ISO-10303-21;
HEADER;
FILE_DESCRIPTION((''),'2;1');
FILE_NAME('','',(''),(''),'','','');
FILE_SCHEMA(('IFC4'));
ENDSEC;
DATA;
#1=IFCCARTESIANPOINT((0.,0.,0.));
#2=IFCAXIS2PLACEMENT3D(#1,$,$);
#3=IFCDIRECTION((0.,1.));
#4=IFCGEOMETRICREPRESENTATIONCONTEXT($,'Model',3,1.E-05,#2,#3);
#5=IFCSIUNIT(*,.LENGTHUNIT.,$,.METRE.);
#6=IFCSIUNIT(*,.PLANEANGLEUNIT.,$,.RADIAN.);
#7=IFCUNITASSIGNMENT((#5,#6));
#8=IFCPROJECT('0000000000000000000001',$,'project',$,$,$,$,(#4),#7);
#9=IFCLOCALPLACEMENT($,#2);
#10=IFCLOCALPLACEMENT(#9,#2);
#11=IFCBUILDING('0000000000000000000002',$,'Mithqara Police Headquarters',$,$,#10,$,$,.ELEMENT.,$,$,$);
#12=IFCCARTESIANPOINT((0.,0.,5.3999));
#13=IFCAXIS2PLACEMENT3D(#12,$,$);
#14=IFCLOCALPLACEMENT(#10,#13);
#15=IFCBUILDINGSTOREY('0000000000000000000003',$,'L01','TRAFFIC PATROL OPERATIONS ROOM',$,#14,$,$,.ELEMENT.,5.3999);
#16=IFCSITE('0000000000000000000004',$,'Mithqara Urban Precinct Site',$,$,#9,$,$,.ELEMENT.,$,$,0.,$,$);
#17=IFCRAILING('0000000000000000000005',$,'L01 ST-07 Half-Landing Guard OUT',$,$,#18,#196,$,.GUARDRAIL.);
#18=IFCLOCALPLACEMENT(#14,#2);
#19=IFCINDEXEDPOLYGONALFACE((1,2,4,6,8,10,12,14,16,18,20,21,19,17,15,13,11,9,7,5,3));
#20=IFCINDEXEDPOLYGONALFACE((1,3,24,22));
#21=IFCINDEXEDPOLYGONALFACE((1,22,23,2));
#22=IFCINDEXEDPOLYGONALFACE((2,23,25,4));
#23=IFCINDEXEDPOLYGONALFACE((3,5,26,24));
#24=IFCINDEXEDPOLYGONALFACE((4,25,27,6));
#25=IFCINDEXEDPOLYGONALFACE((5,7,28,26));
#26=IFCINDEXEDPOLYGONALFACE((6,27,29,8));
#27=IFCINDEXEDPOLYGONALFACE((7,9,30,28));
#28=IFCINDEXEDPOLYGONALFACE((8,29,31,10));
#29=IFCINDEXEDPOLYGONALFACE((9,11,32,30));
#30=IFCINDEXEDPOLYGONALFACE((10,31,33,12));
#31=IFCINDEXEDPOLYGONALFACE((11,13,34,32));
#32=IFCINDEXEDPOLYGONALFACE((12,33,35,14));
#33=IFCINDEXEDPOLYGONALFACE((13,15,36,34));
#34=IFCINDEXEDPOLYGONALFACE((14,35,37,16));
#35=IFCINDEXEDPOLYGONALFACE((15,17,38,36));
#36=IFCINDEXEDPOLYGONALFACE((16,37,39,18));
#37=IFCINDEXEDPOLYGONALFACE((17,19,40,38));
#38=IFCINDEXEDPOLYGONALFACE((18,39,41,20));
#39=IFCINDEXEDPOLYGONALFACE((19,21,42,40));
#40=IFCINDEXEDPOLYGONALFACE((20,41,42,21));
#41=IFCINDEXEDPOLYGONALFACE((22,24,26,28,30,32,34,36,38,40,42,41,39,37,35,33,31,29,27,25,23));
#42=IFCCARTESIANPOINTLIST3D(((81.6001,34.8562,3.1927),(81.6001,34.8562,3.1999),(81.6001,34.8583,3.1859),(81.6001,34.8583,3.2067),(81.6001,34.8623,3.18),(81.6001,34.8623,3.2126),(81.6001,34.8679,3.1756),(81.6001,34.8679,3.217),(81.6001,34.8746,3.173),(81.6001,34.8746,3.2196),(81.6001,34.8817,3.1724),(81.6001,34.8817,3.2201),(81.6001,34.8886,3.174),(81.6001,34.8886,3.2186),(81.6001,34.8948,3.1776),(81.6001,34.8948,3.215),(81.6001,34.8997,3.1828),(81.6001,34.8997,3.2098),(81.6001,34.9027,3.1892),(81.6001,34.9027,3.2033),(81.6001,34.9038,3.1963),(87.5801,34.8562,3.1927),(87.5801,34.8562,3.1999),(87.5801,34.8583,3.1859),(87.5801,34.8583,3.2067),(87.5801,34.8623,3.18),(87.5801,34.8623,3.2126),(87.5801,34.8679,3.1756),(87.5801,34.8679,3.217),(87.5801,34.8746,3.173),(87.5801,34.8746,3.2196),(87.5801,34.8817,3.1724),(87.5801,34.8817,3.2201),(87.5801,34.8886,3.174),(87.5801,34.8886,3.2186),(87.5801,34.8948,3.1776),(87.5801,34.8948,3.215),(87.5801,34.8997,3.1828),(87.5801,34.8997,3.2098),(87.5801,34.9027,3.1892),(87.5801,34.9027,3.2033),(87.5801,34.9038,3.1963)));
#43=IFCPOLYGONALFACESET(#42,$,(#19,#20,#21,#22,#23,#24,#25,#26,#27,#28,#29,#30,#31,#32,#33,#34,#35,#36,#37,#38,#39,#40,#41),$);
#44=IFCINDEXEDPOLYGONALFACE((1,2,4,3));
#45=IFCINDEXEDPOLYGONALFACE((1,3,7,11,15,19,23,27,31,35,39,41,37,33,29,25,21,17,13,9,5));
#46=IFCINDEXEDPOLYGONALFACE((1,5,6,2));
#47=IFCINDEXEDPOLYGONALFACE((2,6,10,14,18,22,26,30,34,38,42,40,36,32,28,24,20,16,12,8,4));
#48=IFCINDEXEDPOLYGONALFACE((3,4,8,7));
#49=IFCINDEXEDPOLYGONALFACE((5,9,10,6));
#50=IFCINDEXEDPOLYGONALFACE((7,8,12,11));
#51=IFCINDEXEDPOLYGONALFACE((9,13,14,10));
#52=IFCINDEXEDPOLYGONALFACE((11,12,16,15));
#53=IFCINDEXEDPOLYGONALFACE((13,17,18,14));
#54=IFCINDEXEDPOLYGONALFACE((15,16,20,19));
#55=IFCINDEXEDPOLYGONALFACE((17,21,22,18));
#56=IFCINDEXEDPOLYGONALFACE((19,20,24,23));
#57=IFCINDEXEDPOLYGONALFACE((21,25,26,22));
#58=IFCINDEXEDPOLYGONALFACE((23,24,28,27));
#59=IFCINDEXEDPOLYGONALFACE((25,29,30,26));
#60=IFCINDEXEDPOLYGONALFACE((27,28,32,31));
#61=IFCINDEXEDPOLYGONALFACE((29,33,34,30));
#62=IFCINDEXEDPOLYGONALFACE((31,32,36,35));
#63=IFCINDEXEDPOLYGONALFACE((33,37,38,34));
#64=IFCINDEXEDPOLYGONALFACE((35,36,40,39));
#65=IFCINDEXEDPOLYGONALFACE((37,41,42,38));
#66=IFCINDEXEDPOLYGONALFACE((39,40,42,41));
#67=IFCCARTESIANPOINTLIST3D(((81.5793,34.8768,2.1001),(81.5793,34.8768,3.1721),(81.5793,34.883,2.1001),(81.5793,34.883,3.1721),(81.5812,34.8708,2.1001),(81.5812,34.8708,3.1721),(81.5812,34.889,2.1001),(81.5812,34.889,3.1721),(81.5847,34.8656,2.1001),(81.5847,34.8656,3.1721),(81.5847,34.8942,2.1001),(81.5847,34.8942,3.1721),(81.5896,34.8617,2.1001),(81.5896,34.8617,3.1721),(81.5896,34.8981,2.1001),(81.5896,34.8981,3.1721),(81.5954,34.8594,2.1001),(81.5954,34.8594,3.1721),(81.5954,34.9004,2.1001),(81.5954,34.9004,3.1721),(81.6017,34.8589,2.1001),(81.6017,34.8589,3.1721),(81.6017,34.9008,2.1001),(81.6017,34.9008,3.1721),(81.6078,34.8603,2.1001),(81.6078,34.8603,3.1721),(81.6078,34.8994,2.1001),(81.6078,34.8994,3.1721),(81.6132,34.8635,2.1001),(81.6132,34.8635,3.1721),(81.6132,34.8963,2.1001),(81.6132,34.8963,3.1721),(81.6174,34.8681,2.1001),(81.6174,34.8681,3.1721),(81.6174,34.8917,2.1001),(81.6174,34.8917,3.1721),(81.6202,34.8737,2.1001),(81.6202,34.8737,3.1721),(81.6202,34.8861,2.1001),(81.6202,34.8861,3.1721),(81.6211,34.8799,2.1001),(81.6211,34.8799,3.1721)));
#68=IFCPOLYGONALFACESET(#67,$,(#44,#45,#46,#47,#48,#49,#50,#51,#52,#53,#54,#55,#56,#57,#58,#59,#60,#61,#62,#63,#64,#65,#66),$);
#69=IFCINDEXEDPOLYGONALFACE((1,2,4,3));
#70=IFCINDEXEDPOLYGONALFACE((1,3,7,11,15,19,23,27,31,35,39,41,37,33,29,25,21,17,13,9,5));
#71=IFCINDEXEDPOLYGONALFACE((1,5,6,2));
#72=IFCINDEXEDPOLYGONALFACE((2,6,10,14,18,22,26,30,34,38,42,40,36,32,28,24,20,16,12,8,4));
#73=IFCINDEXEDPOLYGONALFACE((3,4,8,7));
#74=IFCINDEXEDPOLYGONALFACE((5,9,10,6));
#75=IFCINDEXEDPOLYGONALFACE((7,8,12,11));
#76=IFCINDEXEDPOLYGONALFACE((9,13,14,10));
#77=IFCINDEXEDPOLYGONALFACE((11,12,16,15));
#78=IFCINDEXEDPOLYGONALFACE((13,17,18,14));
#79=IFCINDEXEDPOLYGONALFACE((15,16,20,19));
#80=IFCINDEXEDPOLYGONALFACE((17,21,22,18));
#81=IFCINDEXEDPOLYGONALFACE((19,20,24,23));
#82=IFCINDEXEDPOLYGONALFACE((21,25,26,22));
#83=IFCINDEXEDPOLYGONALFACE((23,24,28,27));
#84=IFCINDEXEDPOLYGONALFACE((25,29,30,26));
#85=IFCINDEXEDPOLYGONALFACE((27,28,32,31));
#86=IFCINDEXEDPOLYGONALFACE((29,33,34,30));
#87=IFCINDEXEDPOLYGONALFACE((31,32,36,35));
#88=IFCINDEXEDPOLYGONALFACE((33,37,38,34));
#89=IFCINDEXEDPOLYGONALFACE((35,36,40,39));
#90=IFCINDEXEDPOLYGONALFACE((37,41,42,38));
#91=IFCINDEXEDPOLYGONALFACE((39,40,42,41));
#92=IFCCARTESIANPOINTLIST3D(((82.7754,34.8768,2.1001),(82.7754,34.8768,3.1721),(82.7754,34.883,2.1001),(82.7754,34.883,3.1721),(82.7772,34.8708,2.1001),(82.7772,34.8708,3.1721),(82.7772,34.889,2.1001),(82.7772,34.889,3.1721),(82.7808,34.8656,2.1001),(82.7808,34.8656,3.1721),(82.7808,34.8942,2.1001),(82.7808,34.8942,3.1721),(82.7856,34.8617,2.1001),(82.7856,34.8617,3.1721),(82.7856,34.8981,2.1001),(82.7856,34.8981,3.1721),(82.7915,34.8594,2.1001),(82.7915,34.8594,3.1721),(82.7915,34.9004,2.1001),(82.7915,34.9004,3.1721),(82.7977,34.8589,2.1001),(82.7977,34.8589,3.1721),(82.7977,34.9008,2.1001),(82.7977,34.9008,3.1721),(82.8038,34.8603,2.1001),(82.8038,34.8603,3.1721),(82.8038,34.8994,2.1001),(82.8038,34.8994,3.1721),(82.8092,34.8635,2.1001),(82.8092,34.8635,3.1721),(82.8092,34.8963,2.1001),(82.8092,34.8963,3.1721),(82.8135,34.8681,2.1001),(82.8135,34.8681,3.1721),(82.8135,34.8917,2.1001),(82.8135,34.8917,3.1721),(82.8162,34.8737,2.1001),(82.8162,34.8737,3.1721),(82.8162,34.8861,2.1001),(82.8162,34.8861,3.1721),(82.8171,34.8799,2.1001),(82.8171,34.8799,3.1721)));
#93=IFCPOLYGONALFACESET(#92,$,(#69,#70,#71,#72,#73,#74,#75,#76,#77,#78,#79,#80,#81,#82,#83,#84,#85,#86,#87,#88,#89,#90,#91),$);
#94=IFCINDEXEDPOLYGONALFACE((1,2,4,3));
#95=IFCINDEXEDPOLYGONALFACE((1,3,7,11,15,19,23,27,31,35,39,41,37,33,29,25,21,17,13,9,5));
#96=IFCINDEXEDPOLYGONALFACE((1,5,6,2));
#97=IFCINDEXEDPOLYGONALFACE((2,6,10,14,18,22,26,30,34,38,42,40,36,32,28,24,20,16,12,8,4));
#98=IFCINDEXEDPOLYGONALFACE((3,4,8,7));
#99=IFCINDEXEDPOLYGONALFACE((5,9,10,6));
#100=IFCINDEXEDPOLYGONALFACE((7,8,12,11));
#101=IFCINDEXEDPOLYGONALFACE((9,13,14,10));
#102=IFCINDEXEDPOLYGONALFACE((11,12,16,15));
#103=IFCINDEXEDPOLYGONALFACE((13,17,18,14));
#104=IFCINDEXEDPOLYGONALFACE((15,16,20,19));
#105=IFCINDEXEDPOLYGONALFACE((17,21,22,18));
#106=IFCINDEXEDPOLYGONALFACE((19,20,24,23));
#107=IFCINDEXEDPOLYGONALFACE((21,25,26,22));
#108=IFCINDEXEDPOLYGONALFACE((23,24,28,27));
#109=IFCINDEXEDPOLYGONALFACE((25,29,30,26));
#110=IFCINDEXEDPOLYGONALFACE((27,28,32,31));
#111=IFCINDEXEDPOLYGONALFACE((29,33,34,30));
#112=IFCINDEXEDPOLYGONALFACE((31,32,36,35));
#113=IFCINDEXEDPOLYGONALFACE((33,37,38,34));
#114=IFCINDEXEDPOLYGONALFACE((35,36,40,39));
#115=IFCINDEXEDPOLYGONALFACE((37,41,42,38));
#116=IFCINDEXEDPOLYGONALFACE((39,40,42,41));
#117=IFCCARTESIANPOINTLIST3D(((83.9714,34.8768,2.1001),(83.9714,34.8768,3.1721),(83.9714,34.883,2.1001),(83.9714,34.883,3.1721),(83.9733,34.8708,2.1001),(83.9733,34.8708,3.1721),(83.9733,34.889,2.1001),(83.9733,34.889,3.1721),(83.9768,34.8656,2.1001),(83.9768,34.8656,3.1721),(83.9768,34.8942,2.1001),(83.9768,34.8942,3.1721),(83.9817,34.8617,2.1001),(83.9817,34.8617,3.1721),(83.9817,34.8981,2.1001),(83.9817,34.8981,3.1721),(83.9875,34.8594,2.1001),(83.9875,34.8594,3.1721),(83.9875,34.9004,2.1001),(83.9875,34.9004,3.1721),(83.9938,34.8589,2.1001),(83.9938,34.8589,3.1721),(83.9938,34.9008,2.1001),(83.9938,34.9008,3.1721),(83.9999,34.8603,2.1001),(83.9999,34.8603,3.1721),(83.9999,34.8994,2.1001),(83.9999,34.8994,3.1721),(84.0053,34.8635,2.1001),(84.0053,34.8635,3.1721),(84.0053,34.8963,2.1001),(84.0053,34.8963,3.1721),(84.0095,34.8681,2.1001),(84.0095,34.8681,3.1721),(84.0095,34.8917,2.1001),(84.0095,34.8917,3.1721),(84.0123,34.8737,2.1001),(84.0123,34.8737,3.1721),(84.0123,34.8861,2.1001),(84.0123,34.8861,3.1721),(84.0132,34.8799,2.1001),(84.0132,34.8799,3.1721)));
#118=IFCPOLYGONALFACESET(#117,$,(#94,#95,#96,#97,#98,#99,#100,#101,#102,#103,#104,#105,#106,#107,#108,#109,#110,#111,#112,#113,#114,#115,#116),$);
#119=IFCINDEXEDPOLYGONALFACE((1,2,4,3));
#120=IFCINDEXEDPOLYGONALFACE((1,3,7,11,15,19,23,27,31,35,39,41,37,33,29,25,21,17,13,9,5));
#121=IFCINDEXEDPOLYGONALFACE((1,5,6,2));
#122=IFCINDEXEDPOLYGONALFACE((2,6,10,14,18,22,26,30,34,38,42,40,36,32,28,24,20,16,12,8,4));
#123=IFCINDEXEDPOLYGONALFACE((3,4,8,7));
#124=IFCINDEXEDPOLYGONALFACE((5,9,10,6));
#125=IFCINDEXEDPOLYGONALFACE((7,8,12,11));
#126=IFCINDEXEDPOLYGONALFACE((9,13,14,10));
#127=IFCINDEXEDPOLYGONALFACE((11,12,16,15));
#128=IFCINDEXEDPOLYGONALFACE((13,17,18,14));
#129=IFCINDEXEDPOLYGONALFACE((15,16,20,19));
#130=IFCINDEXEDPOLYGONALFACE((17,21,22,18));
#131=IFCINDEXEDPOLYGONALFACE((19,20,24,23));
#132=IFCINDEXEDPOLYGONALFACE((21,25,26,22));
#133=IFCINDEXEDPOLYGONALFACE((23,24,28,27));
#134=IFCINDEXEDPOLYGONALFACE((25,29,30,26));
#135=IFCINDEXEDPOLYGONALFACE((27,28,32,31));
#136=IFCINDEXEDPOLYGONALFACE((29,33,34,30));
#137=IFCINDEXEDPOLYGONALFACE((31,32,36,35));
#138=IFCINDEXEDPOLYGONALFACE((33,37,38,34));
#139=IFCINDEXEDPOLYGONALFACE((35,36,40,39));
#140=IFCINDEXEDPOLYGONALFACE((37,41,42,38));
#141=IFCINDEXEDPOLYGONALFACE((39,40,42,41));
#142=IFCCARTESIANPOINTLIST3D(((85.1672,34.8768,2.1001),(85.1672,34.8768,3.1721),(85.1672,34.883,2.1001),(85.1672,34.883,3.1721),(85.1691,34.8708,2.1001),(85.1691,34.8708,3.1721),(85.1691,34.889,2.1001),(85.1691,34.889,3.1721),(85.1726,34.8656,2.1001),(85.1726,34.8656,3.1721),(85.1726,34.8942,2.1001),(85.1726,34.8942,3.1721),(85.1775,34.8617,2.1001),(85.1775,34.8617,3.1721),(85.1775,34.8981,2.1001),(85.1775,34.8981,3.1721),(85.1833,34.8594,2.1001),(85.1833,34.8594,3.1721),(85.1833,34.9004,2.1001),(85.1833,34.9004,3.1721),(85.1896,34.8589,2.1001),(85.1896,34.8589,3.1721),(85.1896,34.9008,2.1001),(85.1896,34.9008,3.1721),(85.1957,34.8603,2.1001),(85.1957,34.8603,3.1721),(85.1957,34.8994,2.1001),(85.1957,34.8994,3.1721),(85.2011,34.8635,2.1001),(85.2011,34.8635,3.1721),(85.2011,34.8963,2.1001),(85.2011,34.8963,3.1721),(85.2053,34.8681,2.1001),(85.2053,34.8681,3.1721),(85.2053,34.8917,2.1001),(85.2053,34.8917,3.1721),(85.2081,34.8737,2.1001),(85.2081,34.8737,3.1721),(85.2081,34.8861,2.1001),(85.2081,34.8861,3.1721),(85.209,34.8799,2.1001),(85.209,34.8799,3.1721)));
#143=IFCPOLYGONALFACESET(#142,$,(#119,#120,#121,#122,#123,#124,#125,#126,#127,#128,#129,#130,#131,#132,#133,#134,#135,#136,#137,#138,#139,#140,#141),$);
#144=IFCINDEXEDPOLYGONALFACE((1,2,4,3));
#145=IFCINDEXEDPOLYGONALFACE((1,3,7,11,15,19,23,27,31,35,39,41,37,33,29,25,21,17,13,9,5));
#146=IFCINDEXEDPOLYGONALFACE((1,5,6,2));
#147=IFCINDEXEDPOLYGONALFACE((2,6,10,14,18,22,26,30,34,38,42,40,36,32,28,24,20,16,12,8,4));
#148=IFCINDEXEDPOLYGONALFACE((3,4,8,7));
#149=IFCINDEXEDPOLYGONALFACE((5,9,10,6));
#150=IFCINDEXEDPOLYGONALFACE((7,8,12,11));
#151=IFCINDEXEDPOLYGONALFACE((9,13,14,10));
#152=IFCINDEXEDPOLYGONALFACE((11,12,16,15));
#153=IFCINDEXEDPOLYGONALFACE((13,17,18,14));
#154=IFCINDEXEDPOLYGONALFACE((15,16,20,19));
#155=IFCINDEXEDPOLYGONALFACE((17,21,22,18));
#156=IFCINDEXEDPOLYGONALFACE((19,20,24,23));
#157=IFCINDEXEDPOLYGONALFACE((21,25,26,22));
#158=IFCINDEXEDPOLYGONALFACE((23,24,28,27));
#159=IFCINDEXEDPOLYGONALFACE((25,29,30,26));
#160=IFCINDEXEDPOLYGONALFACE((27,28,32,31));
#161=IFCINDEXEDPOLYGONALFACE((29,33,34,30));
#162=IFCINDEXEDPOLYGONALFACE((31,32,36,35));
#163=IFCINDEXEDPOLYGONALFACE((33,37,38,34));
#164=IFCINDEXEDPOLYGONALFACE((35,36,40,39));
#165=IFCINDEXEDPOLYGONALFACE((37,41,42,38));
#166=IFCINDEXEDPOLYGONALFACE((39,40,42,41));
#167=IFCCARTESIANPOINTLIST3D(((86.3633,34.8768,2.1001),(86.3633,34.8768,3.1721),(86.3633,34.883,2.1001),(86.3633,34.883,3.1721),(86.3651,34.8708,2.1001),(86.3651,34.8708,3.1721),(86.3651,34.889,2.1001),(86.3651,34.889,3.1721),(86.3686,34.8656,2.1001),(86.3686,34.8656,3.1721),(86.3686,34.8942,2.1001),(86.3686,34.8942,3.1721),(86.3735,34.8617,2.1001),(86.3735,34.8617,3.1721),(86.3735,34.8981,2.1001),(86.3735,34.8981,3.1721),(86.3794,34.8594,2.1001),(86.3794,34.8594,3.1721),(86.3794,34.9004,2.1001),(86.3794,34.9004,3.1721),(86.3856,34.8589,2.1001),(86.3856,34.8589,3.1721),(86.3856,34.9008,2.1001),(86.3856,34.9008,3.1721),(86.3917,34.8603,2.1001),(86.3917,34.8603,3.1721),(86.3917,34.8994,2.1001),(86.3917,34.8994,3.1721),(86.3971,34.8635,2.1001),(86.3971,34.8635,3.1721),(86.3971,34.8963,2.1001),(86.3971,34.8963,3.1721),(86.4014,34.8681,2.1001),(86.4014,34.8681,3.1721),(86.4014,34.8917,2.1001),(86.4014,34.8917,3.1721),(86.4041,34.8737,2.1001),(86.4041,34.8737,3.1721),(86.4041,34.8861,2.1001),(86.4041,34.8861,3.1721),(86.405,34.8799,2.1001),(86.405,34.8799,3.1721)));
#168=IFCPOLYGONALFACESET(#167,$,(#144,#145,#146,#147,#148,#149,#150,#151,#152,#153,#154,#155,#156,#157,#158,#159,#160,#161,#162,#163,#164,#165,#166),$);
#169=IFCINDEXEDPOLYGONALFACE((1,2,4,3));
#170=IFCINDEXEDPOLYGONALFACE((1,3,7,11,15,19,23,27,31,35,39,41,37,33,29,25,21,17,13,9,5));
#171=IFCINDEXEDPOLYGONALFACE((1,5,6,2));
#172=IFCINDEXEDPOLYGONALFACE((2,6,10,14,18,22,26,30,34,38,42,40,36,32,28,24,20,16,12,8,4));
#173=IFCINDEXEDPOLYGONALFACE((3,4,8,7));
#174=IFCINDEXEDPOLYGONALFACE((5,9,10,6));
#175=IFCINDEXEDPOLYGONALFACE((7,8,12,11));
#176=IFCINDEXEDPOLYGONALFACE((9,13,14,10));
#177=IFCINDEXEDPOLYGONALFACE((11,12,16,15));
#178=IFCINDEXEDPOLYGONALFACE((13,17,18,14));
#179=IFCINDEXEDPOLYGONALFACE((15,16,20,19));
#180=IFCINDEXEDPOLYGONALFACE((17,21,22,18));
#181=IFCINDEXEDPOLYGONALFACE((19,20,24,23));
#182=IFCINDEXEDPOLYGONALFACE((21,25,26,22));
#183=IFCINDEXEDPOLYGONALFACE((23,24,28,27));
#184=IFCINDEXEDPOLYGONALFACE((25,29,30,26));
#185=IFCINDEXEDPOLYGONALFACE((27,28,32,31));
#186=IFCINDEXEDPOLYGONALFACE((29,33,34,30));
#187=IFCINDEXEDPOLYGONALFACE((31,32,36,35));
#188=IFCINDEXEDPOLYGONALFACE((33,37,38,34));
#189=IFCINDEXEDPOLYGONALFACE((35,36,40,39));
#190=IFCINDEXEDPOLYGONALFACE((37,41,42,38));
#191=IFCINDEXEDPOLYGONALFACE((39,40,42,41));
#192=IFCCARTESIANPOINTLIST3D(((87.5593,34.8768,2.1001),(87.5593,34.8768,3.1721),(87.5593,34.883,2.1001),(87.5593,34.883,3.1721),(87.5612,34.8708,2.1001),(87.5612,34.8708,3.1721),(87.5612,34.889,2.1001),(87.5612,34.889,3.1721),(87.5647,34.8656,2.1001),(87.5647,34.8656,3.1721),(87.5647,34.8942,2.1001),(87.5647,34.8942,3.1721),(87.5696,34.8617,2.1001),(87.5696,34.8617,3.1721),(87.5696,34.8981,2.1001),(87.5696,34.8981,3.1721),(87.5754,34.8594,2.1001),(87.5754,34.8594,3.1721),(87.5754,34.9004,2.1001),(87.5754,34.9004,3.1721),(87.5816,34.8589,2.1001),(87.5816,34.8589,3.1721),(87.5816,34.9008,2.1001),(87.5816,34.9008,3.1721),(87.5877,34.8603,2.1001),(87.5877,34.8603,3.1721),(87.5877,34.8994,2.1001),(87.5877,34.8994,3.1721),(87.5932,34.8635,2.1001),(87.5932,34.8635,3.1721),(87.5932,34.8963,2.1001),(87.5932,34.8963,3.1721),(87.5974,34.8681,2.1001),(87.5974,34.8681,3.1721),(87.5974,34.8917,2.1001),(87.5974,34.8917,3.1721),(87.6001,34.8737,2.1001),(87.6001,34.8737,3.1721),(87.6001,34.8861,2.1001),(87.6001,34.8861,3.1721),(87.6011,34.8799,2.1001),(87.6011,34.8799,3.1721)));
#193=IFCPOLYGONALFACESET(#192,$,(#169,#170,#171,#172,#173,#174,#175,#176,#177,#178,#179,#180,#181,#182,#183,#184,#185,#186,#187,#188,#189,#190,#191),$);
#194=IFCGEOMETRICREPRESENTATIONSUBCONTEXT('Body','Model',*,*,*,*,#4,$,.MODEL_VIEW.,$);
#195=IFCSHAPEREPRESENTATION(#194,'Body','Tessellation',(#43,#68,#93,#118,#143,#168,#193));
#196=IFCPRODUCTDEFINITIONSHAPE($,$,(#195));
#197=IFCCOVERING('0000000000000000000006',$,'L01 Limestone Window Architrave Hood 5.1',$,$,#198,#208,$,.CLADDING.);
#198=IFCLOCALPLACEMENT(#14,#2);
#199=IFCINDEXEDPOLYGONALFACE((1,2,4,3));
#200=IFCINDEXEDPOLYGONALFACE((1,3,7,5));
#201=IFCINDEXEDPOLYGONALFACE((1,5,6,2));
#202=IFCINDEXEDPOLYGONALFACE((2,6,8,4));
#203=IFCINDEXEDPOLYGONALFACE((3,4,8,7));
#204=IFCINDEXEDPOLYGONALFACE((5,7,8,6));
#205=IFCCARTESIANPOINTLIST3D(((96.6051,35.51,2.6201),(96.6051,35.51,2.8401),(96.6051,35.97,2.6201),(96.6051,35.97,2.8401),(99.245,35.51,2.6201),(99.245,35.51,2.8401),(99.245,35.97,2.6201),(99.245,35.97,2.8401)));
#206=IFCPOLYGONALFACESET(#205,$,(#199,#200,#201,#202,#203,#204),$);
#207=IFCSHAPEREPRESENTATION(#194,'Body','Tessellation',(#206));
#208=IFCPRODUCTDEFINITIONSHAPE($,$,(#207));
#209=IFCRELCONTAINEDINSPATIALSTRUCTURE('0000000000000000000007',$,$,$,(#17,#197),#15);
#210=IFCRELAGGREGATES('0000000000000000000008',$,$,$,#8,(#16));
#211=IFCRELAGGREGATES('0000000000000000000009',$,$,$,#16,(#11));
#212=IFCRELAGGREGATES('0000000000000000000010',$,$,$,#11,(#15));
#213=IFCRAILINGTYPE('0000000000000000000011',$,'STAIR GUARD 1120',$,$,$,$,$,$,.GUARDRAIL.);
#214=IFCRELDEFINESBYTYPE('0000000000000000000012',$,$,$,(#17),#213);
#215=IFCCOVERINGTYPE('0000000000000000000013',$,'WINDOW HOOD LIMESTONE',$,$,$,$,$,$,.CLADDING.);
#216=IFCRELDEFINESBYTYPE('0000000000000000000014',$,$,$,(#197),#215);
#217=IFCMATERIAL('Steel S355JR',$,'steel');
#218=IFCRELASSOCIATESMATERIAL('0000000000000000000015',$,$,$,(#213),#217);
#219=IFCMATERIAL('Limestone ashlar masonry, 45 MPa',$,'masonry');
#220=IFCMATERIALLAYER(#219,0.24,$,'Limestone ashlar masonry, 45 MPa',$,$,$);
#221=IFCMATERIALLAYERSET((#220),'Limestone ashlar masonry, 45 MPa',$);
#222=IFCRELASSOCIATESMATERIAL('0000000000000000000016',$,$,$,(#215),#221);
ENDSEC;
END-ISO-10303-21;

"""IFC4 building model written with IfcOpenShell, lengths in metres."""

from ifc_helpers import new_model, si_unit, direction, frame, origin, origin_2d, place, context, subcontext, project, spatial, rectangle, circle, extrude, material, layer, layer_set, type_object, element, save


model = new_model("IFC4")

# Units and contexts
model_context = context("Model", 3, precision=1e-05, world=origin(), true_north=direction((0.0, 1.0)))
body_context = subcontext(model_context, "Body", "Model", "MODEL_VIEW")
ifc_project = project(units=[si_unit("LENGTHUNIT", "METRE"), si_unit("PLANEANGLEUNIT", "RADIAN")], contexts=[model_context])

# Site, building, storey
site_placement = place(None, origin())
site = spatial("IfcSite", under=ifc_project, at=site_placement, Name="Mithqara Urban Precinct Site", CompositionType="ELEMENT", RefElevation=0.0)
building_placement = place(site_placement, origin())
building = spatial("IfcBuilding", under=site, at=building_placement, Name="Mithqara Police Headquarters", CompositionType="ELEMENT")
storey_placement = place(building_placement, frame((0.0, 0.0, 5.3999)))
storey = spatial("IfcBuildingStorey", under=building, at=storey_placement, Name="L01", Description="TRAFFIC PATROL OPERATIONS ROOM", CompositionType="ELEMENT", Elevation=5.3999)

# Railing
ifc_material_1 = material(Name="Steel S355JR", Category="steel")
railing_type_1 = type_object("IfcRailingType", Name="STAIR GUARD 1120", PredefinedType="GUARDRAIL", material=ifc_material_1)
for number, where, name in (
    (1, (81.6001, 34.8799, 2.1001), "L01 ST-07 Half-Landing Guard OUT"),
):
    element("IfcRailing", number, at=place(storey_placement, frame(where)), inside=storey, type_object=railing_type_1, Name=name, PredefinedType="GUARDRAIL", context=body_context, shape_type="SweptSolid", body=[
        extrude(circle(Radius=0.0239, at=origin_2d()), frame((0.0, 0.0, 1.0962), z_axis=(1.0, 0.0, 0.0), x_axis=(0.0, 1.0, 0.0)), (0.0, 0.0, 1.0), 5.98),
        extrude(circle(Radius=0.021, at=origin_2d()), origin(), (0.0, 0.0, 1.0), 1.072),
        extrude(circle(Radius=0.021, at=origin_2d()), frame((1.196, 0.0, 0.0)), (0.0, 0.0, 1.0), 1.072),
        extrude(circle(Radius=0.021, at=origin_2d()), frame((2.3921, 0.0, 0.0)), (0.0, 0.0, 1.0), 1.072),
        extrude(circle(Radius=0.021, at=origin_2d()), frame((3.5879, 0.0, 0.0)), (0.0, 0.0, 1.0), 1.072),
        extrude(circle(Radius=0.021, at=origin_2d()), frame((4.7839, 0.0, 0.0)), (0.0, 0.0, 1.0), 1.072),
        extrude(circle(Radius=0.021, at=origin_2d()), frame((5.98, 0.0, 0.0)), (0.0, 0.0, 1.0), 1.072),
    ])

# Covering
ifc_material_2 = material(Name="Limestone ashlar masonry, 45 MPa", Category="masonry")
ifc_layer_1 = layer(ifc_material_2, 0.24, Name="Limestone ashlar masonry, 45 MPa")
ifc_layer_set_1 = layer_set([ifc_layer_1], Name="Limestone ashlar masonry, 45 MPa")
covering_type = type_object("IfcCoveringType", Name="WINDOW HOOD LIMESTONE", PredefinedType="CLADDING", material=ifc_layer_set_1)
covering_placement = place(storey_placement, frame((97.925, 35.74, 2.6201), z_axis=(0.0, 0.0, 1.0), x_axis=(1.0, 0.0, 0.0)))
element("IfcCovering", 2, at=covering_placement, inside=storey, type_object=covering_type, Name="L01 Limestone Window Architrave Hood 5.1", PredefinedType="CLADDING", context=body_context, shape_type="SweptSolid", body=[
    extrude(rectangle(XDim=2.6399, YDim=0.46, at=origin_2d()), origin(), (0.0, 0.0, 1.0), 0.22),
])

save(model, "model.ifc")
